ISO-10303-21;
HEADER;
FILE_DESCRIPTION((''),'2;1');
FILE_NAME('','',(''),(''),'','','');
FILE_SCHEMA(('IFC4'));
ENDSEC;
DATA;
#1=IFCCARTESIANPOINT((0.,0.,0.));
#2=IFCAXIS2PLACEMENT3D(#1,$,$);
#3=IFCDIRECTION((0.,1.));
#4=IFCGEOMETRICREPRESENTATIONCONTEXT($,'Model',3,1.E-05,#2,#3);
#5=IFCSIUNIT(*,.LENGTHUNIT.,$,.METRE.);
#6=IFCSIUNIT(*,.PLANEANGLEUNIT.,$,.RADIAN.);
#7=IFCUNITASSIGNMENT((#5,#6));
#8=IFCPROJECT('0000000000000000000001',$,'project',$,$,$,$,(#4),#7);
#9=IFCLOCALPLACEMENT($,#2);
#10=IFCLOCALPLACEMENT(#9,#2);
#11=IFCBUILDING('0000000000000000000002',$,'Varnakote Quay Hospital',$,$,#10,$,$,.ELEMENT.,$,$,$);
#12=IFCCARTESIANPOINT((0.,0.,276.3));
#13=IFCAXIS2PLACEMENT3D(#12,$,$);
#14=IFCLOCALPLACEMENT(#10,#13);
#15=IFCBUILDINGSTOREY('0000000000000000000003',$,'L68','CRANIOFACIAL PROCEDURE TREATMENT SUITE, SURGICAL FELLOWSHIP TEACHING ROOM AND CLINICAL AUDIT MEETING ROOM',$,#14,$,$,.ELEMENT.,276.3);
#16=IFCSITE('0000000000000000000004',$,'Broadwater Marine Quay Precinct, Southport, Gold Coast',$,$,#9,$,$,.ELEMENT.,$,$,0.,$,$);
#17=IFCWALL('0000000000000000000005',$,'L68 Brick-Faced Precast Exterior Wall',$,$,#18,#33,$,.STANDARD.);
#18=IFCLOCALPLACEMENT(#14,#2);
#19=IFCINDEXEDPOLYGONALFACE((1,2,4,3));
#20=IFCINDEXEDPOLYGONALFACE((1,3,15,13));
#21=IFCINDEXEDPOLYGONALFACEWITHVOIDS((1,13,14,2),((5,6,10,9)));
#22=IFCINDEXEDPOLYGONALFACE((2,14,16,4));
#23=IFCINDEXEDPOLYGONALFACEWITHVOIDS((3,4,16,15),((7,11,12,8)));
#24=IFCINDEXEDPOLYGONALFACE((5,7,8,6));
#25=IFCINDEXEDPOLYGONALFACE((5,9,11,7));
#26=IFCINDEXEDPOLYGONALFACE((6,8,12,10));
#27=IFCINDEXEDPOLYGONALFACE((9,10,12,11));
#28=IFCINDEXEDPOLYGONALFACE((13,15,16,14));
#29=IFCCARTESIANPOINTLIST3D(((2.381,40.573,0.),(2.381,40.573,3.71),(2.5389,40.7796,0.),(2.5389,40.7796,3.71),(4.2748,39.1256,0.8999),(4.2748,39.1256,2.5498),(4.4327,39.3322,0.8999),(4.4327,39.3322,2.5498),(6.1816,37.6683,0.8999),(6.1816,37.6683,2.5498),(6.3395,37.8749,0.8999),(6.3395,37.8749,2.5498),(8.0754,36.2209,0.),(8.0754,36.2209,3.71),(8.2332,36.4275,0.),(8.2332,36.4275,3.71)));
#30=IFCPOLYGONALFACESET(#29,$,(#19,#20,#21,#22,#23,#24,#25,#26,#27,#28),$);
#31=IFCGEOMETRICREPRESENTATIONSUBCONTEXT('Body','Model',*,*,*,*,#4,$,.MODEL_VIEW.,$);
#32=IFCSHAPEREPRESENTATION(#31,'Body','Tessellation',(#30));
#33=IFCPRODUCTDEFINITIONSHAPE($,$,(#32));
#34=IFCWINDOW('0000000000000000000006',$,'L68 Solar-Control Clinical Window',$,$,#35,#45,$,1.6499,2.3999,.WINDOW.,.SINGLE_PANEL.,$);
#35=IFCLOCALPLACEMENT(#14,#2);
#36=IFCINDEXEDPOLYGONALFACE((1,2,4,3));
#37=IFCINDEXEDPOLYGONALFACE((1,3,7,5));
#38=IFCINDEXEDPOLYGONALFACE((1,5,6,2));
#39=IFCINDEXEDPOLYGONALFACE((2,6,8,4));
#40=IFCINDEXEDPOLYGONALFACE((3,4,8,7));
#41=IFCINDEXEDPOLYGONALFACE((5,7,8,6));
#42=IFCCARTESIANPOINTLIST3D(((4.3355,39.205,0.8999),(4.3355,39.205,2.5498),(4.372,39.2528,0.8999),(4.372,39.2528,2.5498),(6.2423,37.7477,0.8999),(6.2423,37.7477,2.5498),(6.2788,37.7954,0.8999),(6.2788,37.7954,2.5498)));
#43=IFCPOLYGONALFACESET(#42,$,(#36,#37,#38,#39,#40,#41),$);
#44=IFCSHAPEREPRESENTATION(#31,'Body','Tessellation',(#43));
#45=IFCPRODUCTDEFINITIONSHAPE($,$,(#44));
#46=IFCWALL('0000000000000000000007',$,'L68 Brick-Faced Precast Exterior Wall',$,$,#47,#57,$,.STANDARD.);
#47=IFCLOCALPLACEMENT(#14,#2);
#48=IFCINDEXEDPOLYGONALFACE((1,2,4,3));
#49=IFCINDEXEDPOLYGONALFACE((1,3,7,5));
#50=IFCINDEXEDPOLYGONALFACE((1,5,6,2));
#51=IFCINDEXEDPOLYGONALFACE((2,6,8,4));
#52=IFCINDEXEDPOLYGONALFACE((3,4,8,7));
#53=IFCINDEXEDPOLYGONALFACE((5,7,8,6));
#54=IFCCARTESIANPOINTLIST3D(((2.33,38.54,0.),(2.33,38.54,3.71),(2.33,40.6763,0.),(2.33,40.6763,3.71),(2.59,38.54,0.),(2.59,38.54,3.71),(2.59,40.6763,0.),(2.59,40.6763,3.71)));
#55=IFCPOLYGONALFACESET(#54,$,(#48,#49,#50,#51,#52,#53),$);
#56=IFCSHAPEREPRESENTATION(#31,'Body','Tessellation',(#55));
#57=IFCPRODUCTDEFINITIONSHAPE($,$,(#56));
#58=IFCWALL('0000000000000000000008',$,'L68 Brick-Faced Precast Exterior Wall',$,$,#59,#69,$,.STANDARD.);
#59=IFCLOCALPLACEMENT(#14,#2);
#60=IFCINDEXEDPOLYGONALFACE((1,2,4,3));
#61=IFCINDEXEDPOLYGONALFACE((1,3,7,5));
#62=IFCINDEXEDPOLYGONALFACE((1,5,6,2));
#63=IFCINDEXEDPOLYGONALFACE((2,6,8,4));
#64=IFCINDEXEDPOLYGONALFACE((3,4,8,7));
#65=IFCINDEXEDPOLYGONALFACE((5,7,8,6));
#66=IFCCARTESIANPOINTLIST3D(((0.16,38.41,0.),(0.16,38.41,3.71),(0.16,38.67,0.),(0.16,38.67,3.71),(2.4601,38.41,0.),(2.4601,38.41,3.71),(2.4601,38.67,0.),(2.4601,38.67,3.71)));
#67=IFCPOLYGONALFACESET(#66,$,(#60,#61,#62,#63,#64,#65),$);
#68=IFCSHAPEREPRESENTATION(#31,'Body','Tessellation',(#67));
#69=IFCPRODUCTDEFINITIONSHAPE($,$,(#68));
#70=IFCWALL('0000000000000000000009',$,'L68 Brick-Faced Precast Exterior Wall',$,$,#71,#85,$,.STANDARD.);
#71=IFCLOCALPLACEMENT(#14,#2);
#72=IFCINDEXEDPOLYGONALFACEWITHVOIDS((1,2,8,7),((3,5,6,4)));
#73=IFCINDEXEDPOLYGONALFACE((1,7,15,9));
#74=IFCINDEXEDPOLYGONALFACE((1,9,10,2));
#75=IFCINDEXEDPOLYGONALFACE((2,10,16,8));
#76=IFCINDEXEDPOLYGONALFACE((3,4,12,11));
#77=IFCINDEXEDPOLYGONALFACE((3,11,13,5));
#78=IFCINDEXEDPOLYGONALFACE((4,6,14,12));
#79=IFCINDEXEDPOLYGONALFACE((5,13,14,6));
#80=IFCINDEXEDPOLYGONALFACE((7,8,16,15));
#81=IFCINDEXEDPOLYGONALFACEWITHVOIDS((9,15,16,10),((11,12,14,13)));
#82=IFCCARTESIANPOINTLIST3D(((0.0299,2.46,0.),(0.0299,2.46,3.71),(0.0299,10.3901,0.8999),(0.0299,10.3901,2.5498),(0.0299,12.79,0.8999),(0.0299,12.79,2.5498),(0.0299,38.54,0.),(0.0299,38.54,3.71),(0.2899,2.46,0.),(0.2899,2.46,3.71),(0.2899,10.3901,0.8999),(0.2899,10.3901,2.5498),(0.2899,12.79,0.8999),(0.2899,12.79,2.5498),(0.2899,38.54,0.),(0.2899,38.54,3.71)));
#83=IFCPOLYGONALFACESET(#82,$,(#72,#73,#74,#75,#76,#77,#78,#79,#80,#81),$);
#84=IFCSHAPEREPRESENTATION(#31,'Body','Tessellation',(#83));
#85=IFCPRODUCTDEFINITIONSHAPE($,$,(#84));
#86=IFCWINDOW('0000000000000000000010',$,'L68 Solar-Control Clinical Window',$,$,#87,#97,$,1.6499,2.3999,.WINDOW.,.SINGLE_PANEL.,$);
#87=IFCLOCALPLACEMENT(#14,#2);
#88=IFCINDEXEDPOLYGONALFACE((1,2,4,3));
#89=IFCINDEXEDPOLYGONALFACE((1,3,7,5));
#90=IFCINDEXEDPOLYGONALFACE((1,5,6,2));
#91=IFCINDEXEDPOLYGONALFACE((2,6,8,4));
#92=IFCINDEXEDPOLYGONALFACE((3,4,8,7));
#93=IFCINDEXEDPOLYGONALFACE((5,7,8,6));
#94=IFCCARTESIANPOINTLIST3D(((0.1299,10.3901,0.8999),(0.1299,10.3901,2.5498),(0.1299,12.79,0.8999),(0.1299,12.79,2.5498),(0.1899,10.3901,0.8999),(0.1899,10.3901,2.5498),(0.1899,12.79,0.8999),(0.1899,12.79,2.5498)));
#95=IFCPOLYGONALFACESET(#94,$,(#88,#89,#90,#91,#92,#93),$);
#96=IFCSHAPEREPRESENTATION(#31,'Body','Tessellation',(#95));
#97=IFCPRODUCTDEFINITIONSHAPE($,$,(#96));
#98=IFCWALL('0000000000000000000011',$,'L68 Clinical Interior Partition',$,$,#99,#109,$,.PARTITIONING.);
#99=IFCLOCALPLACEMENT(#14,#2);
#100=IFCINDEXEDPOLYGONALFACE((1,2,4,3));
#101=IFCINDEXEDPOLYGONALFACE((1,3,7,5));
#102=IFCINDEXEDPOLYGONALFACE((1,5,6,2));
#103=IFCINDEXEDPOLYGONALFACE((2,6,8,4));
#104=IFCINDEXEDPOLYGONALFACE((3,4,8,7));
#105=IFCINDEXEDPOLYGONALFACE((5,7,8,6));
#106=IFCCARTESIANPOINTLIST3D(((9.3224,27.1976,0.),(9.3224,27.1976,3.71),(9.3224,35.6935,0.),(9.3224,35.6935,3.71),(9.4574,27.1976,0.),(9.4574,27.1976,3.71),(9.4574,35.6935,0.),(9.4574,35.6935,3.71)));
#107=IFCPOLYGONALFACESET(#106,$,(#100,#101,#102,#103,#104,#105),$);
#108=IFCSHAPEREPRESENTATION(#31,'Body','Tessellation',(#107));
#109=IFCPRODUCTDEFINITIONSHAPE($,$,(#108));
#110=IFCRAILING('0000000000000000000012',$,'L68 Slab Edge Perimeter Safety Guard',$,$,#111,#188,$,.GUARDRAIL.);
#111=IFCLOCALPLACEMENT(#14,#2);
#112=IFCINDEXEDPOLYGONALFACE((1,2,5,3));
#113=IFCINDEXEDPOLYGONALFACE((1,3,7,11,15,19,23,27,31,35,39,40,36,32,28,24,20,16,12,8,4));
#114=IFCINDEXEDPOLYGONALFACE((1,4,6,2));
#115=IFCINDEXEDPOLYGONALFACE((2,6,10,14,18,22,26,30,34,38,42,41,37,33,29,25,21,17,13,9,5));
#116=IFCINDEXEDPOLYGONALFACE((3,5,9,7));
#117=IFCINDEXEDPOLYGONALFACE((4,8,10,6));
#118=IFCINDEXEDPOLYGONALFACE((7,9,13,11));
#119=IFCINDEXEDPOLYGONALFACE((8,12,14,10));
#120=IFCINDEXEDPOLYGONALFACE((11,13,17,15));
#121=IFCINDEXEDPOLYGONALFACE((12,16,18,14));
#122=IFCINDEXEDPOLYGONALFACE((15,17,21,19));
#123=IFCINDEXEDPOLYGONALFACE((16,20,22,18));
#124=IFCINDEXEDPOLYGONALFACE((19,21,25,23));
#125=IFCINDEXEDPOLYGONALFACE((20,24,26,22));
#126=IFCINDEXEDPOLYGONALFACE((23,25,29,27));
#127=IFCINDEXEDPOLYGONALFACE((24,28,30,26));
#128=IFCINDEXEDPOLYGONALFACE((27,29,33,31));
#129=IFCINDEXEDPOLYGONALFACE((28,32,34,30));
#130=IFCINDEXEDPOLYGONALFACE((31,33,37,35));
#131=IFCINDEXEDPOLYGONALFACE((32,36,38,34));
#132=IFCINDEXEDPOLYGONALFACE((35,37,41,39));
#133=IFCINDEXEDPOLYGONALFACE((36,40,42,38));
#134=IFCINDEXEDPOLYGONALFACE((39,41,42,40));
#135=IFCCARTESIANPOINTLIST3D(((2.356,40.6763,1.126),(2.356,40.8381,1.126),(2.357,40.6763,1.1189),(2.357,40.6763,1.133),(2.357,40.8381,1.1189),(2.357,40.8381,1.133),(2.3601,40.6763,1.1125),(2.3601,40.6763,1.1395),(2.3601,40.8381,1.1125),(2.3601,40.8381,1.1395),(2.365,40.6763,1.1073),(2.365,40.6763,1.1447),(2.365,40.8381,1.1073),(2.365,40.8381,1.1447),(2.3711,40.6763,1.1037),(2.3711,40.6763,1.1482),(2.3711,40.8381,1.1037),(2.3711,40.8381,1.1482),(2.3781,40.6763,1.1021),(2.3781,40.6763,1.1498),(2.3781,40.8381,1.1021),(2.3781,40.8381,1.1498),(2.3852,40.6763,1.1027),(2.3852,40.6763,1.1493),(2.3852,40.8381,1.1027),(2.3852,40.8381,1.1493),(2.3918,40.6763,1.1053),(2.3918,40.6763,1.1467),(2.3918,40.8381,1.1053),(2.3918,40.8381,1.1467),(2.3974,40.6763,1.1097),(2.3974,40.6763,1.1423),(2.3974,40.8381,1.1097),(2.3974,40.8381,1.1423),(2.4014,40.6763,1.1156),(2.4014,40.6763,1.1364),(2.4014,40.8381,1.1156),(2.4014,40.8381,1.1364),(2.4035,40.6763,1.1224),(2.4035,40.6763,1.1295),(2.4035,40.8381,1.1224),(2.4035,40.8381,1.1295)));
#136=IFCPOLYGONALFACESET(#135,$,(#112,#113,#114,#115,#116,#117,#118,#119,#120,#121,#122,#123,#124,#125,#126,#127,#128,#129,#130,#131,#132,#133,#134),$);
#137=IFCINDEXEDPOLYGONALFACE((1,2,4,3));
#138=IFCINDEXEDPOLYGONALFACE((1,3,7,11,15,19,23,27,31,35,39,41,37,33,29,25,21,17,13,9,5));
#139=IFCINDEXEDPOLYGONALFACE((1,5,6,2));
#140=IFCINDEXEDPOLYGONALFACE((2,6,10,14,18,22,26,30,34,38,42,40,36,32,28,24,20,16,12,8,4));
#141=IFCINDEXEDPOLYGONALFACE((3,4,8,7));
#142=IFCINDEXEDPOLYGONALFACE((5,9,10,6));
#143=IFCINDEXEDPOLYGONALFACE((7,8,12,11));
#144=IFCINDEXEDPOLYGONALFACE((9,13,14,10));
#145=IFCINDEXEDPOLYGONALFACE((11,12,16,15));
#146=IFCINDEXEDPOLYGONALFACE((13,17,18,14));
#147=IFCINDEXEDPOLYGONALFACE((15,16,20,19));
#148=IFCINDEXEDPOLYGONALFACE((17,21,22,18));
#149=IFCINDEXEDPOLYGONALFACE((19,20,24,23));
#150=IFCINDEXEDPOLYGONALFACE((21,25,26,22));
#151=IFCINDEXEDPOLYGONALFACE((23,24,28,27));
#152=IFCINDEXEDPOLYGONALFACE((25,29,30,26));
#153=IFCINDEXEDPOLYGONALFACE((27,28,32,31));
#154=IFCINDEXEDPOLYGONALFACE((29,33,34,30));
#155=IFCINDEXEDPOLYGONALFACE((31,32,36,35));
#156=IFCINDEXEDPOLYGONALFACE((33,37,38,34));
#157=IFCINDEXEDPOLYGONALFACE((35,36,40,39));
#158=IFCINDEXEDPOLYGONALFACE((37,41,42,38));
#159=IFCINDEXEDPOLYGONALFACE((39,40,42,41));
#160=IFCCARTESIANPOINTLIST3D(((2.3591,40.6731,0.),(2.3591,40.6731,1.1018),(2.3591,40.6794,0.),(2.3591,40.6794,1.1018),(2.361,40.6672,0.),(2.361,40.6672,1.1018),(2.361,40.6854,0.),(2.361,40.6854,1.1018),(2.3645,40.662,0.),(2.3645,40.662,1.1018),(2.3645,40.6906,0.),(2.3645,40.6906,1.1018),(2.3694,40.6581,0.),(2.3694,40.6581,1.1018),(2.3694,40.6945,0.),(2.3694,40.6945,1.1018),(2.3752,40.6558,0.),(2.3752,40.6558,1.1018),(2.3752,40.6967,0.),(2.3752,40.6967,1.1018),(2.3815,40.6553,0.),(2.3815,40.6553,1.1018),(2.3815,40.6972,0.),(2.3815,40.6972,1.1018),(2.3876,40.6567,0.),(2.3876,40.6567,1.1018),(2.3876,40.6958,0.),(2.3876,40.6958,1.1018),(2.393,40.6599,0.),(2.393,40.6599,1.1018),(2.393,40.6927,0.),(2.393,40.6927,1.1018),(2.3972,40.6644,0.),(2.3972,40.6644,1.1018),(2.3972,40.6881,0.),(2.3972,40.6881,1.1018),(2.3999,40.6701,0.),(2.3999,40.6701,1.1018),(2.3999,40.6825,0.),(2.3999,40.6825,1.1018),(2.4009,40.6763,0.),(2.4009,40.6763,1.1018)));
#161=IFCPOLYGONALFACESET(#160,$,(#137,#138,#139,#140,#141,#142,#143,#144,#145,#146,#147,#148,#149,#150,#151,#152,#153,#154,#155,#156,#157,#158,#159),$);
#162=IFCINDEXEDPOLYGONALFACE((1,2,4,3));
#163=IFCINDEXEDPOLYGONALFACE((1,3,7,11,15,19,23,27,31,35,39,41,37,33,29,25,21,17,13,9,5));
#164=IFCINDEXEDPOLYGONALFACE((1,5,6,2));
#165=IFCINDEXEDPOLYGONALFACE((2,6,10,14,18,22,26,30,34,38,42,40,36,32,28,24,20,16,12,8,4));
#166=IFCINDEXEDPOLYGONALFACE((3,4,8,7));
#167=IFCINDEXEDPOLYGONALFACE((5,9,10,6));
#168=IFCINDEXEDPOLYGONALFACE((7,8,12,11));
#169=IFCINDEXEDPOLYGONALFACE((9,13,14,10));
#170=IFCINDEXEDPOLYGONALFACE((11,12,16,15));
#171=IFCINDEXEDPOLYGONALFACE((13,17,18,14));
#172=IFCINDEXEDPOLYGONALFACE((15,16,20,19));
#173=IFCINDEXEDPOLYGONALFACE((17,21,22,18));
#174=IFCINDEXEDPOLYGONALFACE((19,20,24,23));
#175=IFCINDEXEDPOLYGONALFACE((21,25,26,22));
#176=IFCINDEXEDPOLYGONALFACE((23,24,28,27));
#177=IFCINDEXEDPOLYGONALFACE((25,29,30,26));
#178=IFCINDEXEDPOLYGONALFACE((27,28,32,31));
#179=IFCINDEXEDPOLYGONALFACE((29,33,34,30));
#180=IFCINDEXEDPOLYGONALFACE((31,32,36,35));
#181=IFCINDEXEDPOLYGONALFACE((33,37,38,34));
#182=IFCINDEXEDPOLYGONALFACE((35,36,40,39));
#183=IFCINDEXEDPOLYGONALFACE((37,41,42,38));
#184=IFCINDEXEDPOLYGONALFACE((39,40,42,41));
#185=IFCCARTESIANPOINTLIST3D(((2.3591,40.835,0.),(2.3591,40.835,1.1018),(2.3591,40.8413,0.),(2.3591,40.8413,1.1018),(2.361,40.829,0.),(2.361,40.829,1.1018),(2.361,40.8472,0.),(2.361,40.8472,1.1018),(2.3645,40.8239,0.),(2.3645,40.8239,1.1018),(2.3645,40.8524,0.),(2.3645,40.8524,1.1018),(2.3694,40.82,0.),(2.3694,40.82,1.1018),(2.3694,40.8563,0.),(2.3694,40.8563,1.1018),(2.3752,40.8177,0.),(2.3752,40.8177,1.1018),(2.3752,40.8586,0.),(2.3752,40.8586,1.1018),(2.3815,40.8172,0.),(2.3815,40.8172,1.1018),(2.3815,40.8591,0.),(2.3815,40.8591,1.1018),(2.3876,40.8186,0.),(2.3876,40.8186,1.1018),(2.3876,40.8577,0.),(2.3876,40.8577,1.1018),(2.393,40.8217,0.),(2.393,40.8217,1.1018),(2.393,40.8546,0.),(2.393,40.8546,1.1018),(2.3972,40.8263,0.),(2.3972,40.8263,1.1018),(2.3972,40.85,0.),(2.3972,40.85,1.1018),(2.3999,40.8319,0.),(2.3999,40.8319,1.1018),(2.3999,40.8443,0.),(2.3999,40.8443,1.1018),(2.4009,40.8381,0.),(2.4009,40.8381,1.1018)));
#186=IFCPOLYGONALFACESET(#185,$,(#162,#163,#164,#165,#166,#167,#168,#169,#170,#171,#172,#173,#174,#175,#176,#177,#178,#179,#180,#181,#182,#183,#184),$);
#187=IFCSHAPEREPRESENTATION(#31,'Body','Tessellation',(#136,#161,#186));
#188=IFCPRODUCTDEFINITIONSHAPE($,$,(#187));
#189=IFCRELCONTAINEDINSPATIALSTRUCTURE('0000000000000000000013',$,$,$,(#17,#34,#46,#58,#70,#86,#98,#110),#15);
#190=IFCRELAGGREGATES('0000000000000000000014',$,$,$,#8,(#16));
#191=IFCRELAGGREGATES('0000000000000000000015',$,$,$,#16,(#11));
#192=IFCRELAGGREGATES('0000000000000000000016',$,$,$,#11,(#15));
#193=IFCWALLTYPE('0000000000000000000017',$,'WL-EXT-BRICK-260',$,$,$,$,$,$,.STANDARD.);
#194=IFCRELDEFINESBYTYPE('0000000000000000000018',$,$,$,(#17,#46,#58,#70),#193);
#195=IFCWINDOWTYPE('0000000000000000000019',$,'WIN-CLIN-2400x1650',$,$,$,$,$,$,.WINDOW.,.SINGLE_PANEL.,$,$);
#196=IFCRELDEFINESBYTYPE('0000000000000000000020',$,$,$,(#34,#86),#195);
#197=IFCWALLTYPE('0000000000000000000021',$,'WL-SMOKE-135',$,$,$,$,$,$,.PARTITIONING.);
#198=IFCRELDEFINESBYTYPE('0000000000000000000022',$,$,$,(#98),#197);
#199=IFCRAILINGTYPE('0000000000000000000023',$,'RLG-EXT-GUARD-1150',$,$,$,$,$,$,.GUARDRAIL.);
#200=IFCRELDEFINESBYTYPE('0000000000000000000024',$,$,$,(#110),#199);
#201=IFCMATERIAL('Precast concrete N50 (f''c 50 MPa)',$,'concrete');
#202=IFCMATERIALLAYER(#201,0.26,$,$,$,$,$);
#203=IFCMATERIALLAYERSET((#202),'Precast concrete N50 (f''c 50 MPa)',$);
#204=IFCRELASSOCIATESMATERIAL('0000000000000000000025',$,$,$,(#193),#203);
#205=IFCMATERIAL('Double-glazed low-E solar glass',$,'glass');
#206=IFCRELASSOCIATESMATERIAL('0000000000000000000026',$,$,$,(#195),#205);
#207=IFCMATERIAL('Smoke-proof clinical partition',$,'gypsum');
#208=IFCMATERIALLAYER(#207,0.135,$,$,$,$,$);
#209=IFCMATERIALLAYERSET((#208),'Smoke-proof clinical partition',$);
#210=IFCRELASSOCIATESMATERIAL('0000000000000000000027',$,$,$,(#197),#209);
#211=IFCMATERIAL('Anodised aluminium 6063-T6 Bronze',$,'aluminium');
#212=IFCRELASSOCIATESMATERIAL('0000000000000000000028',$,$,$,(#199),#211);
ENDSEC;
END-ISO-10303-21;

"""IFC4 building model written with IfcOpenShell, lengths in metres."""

from ifc_helpers import new_model, si_unit, direction, frame, frame_2d, origin, origin_2d, place, context, subcontext, project, spatial, rectangle, circle, extrude, material, layer, layer_set, type_object, element, fill, save


model = new_model("IFC4")

# Units and contexts
model_context = context("Model", 3, precision=1e-05, world=origin(), true_north=direction((0.0, 1.0)))
body_context = subcontext(model_context, "Body", "Model", "MODEL_VIEW")
ifc_project = project(units=[si_unit("LENGTHUNIT", "METRE"), si_unit("PLANEANGLEUNIT", "RADIAN")], contexts=[model_context])

# Site, building, storey
site_placement = place(None, origin())
site = spatial("IfcSite", under=ifc_project, at=site_placement, Name="Broadwater Marine Quay Precinct, Southport, Gold Coast", CompositionType="ELEMENT", RefElevation=0.0)
building_placement = place(site_placement, origin())
building = spatial("IfcBuilding", under=site, at=building_placement, Name="Varnakote Quay Hospital", CompositionType="ELEMENT")
storey_placement = place(building_placement, frame((0.0, 0.0, 276.3)))
storey = spatial("IfcBuildingStorey", under=building, at=storey_placement, Name="L68", Description="CRANIOFACIAL PROCEDURE TREATMENT SUITE, SURGICAL FELLOWSHIP TEACHING ROOM AND CLINICAL AUDIT MEETING ROOM", CompositionType="ELEMENT", Elevation=276.3)

# Wall, opening, window
ifc_material_1 = material(Name="Precast concrete N50 (f'c 50 MPa)", Category="concrete")
ifc_layer_1 = layer(ifc_material_1, 0.26)
ifc_layer_set_1 = layer_set([ifc_layer_1], Name="Precast concrete N50 (f'c 50 MPa)")
wall_type_1 = type_object("IfcWallType", Name="WL-EXT-BRICK-260", PredefinedType="STANDARD", material=ifc_layer_set_1)
wall_1_placement = place(storey_placement, frame((8.1543, 36.3242, 0.0), z_axis=(0.0, 0.0, 1.0), x_axis=(-0.794522, 0.607235, 0.0)))
wall_1 = element("IfcWall", 1, at=wall_1_placement, inside=storey, type_object=wall_type_1, Name="L68 Brick-Faced Precast Exterior Wall", PredefinedType="STANDARD", context=body_context, shape_type="SweptSolid", body=[
    extrude(rectangle(XDim=7.167, YDim=0.26, at=frame_2d((3.5835, 0.0))), origin(), (0.0, 0.0, 1.0), 3.71),
])
opening_1_placement = place(wall_1_placement, frame((2.3835, 0.0, 0.8999)))
opening_1 = element("IfcOpeningElement", 2, at=opening_1_placement, cuts=wall_1, PredefinedType="OPENING", context=body_context, shape_type="SweptSolid", body=[
    extrude(rectangle(XDim=2.3999, YDim=1.6499, at=frame_2d((1.2, 0.825))), frame((0.0, 0.1399, 0.0), z_axis=(0.0, -1.0, 0.0), x_axis=(1.0, 0.0, 0.0)), (0.0, 0.0, 1.0), 0.28),
])
ifc_material_2 = material(Name="Double-glazed low-E solar glass", Category="glass")
window_type = type_object("IfcWindowType", Name="WIN-CLIN-2400x1650", PartitioningType="SINGLE_PANEL", PredefinedType="WINDOW", material=ifc_material_2)
window_1_placement = place(opening_1_placement, origin())
window_1 = element("IfcWindow", 3, at=window_1_placement, inside=storey, type_object=window_type, Name="L68 Solar-Control Clinical Window", OverallHeight=1.6499, OverallWidth=2.3999, PartitioningType="SINGLE_PANEL", PredefinedType="WINDOW", context=body_context, shape_type="SweptSolid", body=[
    extrude(rectangle(XDim=2.3999, YDim=1.6499, at=frame_2d((1.2, 0.825))), frame((0.0, 0.03, 0.0), z_axis=(0.0, -1.0, 0.0), x_axis=(1.0, 0.0, 0.0)), (0.0, 0.0, 1.0), 0.0601),
])
fill(opening_1, window_1)

# Walls
wall_2_placement = place(storey_placement, frame((2.46, 40.6763, 0.0), z_axis=(0.0, 0.0, 1.0), x_axis=(0.0, -1.0, 0.0)))
element("IfcWall", 4, at=wall_2_placement, inside=storey, type_object=wall_type_1, Name="L68 Brick-Faced Precast Exterior Wall", PredefinedType="STANDARD", context=body_context, shape_type="SweptSolid", body=[
    extrude(rectangle(XDim=2.1362, YDim=0.26, at=frame_2d((1.0681, 0.0))), origin(), (0.0, 0.0, 1.0), 3.71),
])
wall_3_placement = place(storey_placement, frame((2.46, 38.54, 0.0), z_axis=(0.0, 0.0, 1.0), x_axis=(-1.0, 0.0, 0.0)))
element("IfcWall", 5, at=wall_3_placement, inside=storey, type_object=wall_type_1, Name="L68 Brick-Faced Precast Exterior Wall", PredefinedType="STANDARD", context=body_context, shape_type="SweptSolid", body=[
    extrude(rectangle(XDim=2.3, YDim=0.26, at=frame_2d((1.1499, 0.0))), origin(), (0.0, 0.0, 1.0), 3.71),
])

# Wall, opening, window
wall_4_placement = place(storey_placement, frame((0.1599, 38.54, 0.0), z_axis=(0.0, 0.0, 1.0), x_axis=(0.0, -1.0, 0.0)))
wall_4 = element("IfcWall", 6, at=wall_4_placement, inside=storey, type_object=wall_type_1, Name="L68 Brick-Faced Precast Exterior Wall", PredefinedType="STANDARD", context=body_context, shape_type="SweptSolid", body=[
    extrude(rectangle(XDim=36.0801, YDim=0.26, at=frame_2d((18.04, 0.0))), origin(), (0.0, 0.0, 1.0), 3.71),
])
opening_2_placement = place(wall_4_placement, frame((25.75, 0.0, 0.8999)))
opening_2 = element("IfcOpeningElement", 7, at=opening_2_placement, cuts=wall_4, PredefinedType="OPENING", context=body_context, shape_type="SweptSolid", body=[
    extrude(rectangle(XDim=2.3999, YDim=1.6499, at=frame_2d((1.2, 0.825))), frame((0.0, 0.1399, 0.0), z_axis=(0.0, -1.0, 0.0), x_axis=(1.0, 0.0, 0.0)), (0.0, 0.0, 1.0), 0.28),
])
window_2_placement = place(opening_2_placement, origin())
window_2 = element("IfcWindow", 8, at=window_2_placement, inside=storey, type_object=window_type, Name="L68 Solar-Control Clinical Window", OverallHeight=1.6499, OverallWidth=2.3999, PartitioningType="SINGLE_PANEL", PredefinedType="WINDOW", context=body_context, shape_type="SweptSolid", body=[
    extrude(rectangle(XDim=2.3999, YDim=1.6499, at=frame_2d((1.2, 0.825))), frame((0.0, 0.03, 0.0), z_axis=(0.0, -1.0, 0.0), x_axis=(1.0, 0.0, 0.0)), (0.0, 0.0, 1.0), 0.0601),
])
fill(opening_2, window_2)

# Wall
ifc_material_3 = material(Name="Smoke-proof clinical partition", Category="gypsum")
ifc_layer_2 = layer(ifc_material_3, 0.135)
ifc_layer_set_2 = layer_set([ifc_layer_2], Name="Smoke-proof clinical partition")
wall_type_2 = type_object("IfcWallType", Name="WL-SMOKE-135", PredefinedType="PARTITIONING", material=ifc_layer_set_2)
wall_5_placement = place(storey_placement, frame((9.3899, 27.1975, 0.0), z_axis=(0.0, 0.0, 1.0), x_axis=(0.0, 1.0, 0.0)))
element("IfcWall", 9, at=wall_5_placement, inside=storey, type_object=wall_type_2, Name="L68 Clinical Interior Partition", PredefinedType="PARTITIONING", context=body_context, shape_type="SweptSolid", body=[
    extrude(rectangle(XDim=8.4958, YDim=0.135, at=frame_2d((4.248, 0.0))), origin(), (0.0, 0.0, 1.0), 3.71),
])

# Railing
ifc_material_4 = material(Name="Anodised aluminium 6063-T6 Bronze", Category="aluminium")
railing_type = type_object("IfcRailingType", Name="RLG-EXT-GUARD-1150", PredefinedType="GUARDRAIL", material=ifc_material_4)
railing_1_placement = place(storey_placement, frame((2.3799, 40.6763, 0.0)))
element("IfcRailing", 10, at=railing_1_placement, inside=storey, type_object=railing_type, Name="L68 Slab Edge Perimeter Safety Guard", PredefinedType="GUARDRAIL", context=body_context, shape_type="SweptSolid", body=[
    extrude(circle(Radius=0.0239, at=origin_2d()), frame((0.0, 0.0, 1.126), z_axis=(0.0, 1.0, 0.0), x_axis=(-1.0, 0.0, 0.0)), (0.0, 0.0, 1.0), 0.1619),
    extrude(circle(Radius=0.021, at=origin_2d()), origin(), (0.0, 0.0, 1.0), 1.1018),
    extrude(circle(Radius=0.021, at=origin_2d()), frame((0.0, 0.1619, 0.0)), (0.0, 0.0, 1.0), 1.1018),
])

save(model, "model.ifc")
